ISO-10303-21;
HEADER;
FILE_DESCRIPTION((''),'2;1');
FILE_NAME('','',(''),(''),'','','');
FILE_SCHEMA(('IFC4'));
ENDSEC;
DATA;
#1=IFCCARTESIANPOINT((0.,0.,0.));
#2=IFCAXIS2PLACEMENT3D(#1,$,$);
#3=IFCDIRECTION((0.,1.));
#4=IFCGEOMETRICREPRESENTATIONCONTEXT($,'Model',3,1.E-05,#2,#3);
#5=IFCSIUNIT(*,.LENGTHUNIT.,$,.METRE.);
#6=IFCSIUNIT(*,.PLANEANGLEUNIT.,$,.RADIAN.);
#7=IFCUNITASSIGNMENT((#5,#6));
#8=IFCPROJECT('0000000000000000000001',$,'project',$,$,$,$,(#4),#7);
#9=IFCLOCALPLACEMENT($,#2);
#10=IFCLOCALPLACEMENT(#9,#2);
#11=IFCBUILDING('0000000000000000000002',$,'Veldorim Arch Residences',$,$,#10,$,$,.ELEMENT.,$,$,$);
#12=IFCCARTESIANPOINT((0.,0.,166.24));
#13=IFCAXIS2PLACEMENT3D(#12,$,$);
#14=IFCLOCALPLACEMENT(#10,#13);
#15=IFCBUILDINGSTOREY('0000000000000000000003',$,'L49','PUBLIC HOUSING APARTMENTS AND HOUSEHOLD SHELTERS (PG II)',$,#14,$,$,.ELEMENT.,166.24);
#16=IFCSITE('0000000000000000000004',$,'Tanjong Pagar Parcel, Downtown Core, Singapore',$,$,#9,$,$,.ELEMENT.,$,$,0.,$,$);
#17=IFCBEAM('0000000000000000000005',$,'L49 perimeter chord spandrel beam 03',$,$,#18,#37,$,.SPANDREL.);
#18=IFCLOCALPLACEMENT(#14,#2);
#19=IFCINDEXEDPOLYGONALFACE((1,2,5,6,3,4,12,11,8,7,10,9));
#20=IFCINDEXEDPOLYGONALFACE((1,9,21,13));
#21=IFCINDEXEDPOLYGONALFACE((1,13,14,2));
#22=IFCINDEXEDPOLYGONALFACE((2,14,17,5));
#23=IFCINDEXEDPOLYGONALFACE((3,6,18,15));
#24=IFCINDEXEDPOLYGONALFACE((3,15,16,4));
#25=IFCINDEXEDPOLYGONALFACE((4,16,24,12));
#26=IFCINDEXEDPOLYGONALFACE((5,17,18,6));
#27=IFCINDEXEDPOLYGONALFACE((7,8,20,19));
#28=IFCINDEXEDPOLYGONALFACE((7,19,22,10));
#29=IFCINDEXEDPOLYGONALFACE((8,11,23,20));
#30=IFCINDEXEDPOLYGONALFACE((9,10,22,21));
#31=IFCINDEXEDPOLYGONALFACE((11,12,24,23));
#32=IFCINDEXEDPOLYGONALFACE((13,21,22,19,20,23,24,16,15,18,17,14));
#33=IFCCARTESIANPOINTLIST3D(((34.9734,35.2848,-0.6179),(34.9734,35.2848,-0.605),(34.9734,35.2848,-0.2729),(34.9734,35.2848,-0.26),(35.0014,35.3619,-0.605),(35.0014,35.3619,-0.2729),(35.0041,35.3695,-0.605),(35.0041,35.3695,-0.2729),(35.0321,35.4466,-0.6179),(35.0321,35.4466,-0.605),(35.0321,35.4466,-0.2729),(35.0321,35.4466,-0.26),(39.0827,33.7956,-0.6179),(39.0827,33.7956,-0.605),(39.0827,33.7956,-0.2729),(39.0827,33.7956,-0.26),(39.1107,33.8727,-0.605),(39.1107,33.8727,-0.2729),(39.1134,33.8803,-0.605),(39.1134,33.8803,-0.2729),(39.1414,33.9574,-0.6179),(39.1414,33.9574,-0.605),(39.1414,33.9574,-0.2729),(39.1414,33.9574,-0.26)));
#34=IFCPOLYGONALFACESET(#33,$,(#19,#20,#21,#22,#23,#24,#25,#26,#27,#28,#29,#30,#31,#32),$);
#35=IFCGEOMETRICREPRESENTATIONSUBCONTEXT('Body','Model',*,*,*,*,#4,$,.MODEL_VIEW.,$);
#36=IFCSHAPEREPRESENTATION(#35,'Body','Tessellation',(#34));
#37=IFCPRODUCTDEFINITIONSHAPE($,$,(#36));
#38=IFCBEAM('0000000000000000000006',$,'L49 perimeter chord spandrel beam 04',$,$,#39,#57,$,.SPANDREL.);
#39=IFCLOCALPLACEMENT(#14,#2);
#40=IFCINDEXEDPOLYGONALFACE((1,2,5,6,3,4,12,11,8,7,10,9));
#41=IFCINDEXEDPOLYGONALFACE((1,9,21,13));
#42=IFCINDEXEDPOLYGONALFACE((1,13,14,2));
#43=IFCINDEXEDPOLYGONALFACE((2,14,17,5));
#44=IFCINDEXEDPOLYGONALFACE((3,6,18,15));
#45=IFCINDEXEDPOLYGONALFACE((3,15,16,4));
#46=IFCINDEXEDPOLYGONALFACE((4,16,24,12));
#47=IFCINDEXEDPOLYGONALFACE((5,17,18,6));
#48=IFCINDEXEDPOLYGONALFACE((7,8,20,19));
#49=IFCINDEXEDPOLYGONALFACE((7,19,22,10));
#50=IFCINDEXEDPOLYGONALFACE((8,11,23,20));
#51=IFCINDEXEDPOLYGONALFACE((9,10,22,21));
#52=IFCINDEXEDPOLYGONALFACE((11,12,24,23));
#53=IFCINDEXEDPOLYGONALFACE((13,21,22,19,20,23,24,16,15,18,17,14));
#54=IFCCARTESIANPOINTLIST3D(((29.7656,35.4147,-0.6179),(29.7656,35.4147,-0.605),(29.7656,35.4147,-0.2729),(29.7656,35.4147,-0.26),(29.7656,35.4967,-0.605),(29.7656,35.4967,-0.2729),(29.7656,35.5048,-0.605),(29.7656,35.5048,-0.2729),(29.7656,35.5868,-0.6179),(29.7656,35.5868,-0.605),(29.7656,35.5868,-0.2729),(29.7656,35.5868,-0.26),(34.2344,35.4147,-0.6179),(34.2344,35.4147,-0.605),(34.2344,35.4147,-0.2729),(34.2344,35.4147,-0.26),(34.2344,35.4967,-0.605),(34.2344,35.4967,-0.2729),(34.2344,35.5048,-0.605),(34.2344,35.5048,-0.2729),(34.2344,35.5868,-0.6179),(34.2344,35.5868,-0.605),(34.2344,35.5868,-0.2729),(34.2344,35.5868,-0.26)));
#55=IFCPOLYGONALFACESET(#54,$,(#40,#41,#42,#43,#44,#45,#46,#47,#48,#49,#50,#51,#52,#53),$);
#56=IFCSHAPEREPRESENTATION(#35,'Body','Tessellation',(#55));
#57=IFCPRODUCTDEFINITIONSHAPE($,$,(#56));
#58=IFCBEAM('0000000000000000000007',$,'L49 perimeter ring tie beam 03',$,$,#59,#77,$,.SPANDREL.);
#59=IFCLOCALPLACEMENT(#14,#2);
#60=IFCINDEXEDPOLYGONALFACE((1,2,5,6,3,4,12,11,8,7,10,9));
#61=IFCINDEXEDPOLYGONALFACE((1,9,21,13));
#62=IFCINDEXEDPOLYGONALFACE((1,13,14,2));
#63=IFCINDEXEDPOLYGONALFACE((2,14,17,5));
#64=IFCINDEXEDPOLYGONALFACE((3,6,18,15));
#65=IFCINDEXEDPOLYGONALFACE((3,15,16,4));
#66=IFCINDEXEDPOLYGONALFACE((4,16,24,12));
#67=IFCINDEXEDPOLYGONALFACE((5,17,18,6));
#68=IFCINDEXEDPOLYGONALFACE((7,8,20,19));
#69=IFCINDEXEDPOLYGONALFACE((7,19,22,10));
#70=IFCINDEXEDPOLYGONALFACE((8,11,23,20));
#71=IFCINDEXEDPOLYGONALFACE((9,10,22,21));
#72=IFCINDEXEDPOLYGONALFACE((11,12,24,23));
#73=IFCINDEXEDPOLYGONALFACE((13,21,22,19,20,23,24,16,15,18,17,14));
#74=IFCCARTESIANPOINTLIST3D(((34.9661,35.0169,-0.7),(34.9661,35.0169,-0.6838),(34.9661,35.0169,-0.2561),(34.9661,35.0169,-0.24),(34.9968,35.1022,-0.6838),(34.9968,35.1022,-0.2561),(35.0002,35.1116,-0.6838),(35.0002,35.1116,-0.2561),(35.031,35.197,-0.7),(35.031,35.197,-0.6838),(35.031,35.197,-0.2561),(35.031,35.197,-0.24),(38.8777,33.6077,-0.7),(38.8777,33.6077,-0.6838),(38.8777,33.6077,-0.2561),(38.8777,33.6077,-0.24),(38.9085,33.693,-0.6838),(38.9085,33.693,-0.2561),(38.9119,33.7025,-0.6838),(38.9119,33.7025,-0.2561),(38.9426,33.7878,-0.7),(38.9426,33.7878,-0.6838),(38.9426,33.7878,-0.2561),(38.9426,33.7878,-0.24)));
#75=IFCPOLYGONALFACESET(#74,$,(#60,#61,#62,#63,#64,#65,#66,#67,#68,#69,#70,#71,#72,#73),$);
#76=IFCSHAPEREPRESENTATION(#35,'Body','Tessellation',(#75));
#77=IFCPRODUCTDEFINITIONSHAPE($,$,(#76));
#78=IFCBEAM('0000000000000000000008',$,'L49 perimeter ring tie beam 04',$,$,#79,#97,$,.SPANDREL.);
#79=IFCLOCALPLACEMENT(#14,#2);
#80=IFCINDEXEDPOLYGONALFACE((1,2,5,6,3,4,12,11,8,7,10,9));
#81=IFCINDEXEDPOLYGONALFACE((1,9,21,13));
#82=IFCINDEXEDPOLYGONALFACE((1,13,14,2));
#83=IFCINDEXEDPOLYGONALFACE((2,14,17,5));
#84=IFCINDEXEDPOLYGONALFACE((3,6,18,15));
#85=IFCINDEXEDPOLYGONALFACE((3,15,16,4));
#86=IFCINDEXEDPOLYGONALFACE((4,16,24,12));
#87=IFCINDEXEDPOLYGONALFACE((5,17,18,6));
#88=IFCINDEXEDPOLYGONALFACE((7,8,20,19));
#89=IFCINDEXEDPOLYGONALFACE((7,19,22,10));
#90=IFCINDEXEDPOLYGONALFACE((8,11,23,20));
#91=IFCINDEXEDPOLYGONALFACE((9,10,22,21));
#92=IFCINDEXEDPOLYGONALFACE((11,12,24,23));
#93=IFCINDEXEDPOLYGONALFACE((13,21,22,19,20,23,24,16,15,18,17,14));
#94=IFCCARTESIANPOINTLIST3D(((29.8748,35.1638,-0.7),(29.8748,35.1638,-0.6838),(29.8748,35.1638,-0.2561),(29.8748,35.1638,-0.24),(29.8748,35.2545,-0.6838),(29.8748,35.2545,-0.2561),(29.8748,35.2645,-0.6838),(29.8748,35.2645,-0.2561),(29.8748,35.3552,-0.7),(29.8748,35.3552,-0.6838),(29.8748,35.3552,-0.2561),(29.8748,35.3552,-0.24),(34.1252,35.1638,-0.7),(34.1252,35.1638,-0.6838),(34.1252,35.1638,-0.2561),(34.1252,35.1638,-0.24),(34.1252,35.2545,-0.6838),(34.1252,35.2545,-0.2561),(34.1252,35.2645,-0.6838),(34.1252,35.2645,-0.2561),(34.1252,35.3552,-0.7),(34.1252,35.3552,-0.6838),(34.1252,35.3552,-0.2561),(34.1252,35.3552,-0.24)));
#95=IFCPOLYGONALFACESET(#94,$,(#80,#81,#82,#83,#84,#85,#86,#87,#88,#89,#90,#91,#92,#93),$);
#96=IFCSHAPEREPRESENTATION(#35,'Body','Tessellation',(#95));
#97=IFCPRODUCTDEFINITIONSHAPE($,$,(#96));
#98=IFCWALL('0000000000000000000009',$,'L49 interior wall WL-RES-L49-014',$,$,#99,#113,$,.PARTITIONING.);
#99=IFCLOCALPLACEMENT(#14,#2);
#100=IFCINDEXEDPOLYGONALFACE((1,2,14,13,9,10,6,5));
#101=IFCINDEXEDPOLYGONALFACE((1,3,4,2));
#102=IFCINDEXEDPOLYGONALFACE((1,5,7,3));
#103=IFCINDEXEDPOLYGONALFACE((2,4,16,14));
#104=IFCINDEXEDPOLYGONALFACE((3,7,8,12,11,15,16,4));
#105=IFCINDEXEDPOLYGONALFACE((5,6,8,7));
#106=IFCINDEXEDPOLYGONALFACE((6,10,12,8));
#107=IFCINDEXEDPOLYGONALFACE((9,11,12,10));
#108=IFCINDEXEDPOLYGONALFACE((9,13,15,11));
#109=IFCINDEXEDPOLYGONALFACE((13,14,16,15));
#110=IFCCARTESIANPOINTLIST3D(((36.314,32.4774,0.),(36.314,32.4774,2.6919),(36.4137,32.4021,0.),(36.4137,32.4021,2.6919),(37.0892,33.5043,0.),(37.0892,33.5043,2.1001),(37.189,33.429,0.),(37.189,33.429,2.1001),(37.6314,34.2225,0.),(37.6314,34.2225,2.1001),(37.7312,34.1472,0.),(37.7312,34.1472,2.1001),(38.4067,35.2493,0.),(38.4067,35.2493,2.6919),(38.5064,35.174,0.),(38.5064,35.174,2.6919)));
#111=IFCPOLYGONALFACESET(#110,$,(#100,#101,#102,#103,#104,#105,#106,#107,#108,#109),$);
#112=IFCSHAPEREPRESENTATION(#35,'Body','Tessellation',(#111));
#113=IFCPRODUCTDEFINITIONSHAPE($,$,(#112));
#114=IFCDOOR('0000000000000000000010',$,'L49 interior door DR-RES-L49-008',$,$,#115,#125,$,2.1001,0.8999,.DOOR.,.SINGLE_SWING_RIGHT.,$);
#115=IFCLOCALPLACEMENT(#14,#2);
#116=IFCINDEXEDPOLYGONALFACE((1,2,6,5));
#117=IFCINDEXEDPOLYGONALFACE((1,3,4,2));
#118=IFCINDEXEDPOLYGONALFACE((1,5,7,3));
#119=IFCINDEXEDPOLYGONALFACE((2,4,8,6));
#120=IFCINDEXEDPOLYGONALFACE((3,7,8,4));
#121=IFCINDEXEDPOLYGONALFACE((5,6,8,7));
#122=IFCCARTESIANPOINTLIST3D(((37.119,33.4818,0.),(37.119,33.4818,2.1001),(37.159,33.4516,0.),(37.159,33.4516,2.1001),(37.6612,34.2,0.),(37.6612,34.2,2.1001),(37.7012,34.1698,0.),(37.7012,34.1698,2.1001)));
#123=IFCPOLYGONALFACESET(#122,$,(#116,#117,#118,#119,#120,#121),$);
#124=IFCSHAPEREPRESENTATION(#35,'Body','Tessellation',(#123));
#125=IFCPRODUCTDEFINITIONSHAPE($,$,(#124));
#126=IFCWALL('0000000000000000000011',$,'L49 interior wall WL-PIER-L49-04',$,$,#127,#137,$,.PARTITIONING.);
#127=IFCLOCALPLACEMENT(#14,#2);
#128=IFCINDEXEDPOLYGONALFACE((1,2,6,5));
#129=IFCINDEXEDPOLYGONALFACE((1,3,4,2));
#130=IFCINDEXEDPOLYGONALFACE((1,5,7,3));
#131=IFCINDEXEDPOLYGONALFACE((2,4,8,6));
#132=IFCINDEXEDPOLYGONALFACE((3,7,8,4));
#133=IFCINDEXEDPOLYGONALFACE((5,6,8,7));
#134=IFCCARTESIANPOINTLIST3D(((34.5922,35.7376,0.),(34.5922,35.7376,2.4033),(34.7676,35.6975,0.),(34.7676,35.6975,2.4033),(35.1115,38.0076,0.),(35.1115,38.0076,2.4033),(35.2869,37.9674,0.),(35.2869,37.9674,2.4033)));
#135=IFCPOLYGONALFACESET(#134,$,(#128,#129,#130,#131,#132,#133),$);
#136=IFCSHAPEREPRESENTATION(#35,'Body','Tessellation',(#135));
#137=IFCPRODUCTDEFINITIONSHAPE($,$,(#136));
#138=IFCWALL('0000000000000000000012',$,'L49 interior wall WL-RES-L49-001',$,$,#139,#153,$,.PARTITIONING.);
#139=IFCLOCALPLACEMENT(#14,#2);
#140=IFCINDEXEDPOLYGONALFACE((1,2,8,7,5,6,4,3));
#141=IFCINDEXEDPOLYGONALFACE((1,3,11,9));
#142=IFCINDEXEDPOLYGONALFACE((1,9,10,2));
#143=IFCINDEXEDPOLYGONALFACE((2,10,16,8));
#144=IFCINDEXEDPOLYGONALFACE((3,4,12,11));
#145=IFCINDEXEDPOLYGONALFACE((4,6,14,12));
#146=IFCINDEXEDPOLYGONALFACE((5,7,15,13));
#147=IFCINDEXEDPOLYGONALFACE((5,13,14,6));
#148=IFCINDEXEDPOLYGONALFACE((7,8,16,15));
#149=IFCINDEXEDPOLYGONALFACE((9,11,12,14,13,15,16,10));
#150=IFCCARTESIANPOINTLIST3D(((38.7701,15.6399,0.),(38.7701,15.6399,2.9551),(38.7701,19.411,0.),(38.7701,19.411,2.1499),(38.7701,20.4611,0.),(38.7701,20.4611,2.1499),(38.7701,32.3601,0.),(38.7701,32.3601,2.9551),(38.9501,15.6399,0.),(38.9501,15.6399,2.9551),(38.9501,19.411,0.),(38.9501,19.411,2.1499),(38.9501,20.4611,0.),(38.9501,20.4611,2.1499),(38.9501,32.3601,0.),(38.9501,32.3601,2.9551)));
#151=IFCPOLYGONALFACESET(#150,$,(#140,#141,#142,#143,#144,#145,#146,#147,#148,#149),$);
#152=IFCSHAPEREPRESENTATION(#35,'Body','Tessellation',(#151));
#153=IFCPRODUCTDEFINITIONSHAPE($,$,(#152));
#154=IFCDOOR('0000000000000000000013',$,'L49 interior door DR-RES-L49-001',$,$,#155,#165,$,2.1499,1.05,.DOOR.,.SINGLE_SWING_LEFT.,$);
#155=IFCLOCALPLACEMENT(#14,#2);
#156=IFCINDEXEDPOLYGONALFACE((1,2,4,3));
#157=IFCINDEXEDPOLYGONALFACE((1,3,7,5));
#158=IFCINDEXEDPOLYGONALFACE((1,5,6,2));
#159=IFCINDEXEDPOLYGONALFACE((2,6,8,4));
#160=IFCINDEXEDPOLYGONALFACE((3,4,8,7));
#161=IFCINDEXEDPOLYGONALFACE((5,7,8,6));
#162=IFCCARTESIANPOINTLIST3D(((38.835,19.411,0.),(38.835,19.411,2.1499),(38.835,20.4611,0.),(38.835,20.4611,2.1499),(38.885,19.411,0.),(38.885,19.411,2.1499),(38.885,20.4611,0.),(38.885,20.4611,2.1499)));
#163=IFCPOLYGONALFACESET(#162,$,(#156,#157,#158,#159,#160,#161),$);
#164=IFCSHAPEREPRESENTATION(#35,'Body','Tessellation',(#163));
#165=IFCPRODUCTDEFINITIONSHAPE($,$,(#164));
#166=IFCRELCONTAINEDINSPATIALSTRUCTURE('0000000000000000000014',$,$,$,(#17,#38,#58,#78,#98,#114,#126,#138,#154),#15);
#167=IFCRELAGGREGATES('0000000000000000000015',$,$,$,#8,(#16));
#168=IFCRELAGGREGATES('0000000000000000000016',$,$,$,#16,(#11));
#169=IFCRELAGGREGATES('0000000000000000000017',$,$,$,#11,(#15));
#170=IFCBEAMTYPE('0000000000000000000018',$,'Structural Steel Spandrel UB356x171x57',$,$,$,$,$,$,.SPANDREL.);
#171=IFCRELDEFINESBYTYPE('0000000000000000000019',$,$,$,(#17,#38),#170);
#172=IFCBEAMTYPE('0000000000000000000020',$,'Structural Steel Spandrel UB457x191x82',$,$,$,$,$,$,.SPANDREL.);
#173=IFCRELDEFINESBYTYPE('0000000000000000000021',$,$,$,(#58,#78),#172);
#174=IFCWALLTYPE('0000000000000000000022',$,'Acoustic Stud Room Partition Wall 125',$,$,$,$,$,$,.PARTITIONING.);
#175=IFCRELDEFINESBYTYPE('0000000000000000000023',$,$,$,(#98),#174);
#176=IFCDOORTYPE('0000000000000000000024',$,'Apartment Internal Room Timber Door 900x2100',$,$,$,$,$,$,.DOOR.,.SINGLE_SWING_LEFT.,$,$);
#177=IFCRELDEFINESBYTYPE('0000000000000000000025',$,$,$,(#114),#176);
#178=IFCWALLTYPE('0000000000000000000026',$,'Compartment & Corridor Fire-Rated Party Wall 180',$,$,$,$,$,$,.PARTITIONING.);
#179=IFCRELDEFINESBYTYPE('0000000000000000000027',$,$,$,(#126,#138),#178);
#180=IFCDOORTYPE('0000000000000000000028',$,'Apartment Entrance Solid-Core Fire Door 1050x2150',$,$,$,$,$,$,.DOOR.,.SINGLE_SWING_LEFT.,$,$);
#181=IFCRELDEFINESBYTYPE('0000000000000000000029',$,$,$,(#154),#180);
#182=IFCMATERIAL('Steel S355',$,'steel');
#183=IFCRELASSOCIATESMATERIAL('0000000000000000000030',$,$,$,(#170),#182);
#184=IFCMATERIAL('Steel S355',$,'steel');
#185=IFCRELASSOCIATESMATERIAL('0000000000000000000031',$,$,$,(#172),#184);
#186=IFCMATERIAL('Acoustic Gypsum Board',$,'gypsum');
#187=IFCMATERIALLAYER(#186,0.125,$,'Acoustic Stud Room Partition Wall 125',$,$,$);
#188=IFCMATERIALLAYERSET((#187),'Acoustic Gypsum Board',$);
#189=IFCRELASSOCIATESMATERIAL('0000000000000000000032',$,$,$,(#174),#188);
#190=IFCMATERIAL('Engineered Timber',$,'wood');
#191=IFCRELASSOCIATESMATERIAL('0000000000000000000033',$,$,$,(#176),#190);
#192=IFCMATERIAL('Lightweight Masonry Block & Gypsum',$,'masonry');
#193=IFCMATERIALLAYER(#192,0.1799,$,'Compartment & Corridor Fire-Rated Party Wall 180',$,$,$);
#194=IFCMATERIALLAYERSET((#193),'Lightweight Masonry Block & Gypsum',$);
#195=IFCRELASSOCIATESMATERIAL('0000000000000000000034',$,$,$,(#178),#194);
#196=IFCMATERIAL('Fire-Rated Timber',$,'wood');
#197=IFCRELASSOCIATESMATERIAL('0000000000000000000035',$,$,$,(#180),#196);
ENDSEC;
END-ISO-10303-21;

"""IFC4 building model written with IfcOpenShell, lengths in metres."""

from ifc_helpers import new_model, si_unit, direction, frame, frame_2d, origin, origin_2d, place, context, subcontext, project, spatial, rectangle, i_section, extrude, material, layer, layer_set, material_profile, profile_set, type_object, element, fill, save


model = new_model("IFC4")

# Units and contexts
model_context = context("Model", 3, precision=1e-05, world=origin(), true_north=direction((0.0, 1.0)))
body_context = subcontext(model_context, "Body", "Model", "MODEL_VIEW")
ifc_project = project(units=[si_unit("LENGTHUNIT", "METRE"), si_unit("PLANEANGLEUNIT", "RADIAN")], contexts=[model_context])

# Site, building, storey
site_placement = place(None, origin())
site = spatial("IfcSite", under=ifc_project, at=site_placement, Name="Tanjong Pagar Parcel, Downtown Core, Singapore", CompositionType="ELEMENT", RefElevation=0.0)
building_placement = place(site_placement, origin())
building = spatial("IfcBuilding", under=site, at=building_placement, Name="Veldorim Arch Residences", CompositionType="ELEMENT")
storey_placement = place(building_placement, frame((0.0, 0.0, 166.24)))
storey = spatial("IfcBuildingStorey", under=building, at=storey_placement, Name="L49", Description="PUBLIC HOUSING APARTMENTS AND HOUSEHOLD SHELTERS (PG II)", CompositionType="ELEMENT", Elevation=166.24)

# Beams
ifc_material_1 = material(Name="Steel S355", Category="steel")
ifc_material_profile_1 = material_profile(ifc_material_1, i_section(OverallWidth=0.1721, OverallDepth=0.3579, WebThickness=0.0081, FlangeThickness=0.0129, at=origin_2d()), Name="UB356x171x57")
ifc_profile_set_1 = profile_set([ifc_material_profile_1], Name="Steel S355")
beam_type_1 = type_object("IfcBeamType", Name="Structural Steel Spandrel UB356x171x57", PredefinedType="SPANDREL", material=ifc_profile_set_1)
beam_1_placement = place(storey_placement, frame((39.1121, 33.8765, -0.439), z_axis=(-0.940165, 0.34072, 0.0), x_axis=(-0.34072, -0.940165, 0.0)))
element("IfcBeam", 1, at=beam_1_placement, inside=storey, type_object=beam_type_1, Name="L49 perimeter chord spandrel beam 03", PredefinedType="SPANDREL", context=body_context, shape_type="SweptSolid", body=[
    extrude(i_section(OverallWidth=0.1721, OverallDepth=0.3579, WebThickness=0.0081, FlangeThickness=0.0129, at=origin_2d()), origin(), (0.0, 0.0, 1.0), 4.3708),
])
beam_2_placement = place(storey_placement, frame((34.2344, 35.5007, -0.439), z_axis=(-1.0, 0.0, 0.0), x_axis=(0.0, -1.0, 0.0)))
element("IfcBeam", 2, at=beam_2_placement, inside=storey, type_object=beam_type_1, Name="L49 perimeter chord spandrel beam 04", PredefinedType="SPANDREL", context=body_context, shape_type="SweptSolid", body=[
    extrude(i_section(OverallWidth=0.1721, OverallDepth=0.3579, WebThickness=0.0081, FlangeThickness=0.0129, at=origin_2d()), origin(), (0.0, 0.0, 1.0), 4.4688),
])
ifc_material_2 = material(Name="Steel S355", Category="steel")
ifc_material_profile_2 = material_profile(ifc_material_2, i_section(OverallWidth=0.1914, OverallDepth=0.46, WebThickness=0.01, FlangeThickness=0.0161, at=origin_2d()), Name="UB457x191x82")
ifc_profile_set_2 = profile_set([ifc_material_profile_2], Name="Steel S355")
beam_type_2 = type_object("IfcBeamType", Name="Structural Steel Spandrel UB457x191x82", PredefinedType="SPANDREL", material=ifc_profile_set_2)
beam_3_placement = place(storey_placement, frame((38.9102, 33.6978, -0.47), z_axis=(-0.940811, 0.338932, 0.0), x_axis=(-0.338932, -0.940811, 0.0)))
element("IfcBeam", 3, at=beam_3_placement, inside=storey, type_object=beam_type_2, Name="L49 perimeter ring tie beam 03", PredefinedType="SPANDREL", context=body_context, shape_type="SweptSolid", body=[
    extrude(i_section(OverallWidth=0.1914, OverallDepth=0.46, WebThickness=0.01, FlangeThickness=0.0161, at=origin_2d()), origin(), (0.0, 0.0, 1.0), 4.1577),
])
beam_4_placement = place(storey_placement, frame((34.1252, 35.2595, -0.47), z_axis=(-1.0, 0.0, 0.0), x_axis=(0.0, -1.0, 0.0)))
element("IfcBeam", 4, at=beam_4_placement, inside=storey, type_object=beam_type_2, Name="L49 perimeter ring tie beam 04", PredefinedType="SPANDREL", context=body_context, shape_type="SweptSolid", body=[
    extrude(i_section(OverallWidth=0.1914, OverallDepth=0.46, WebThickness=0.01, FlangeThickness=0.0161, at=origin_2d()), origin(), (0.0, 0.0, 1.0), 4.2505),
])

# Wall, opening, door
ifc_material_3 = material(Name="Acoustic Gypsum Board", Category="gypsum")
ifc_layer_1 = layer(ifc_material_3, 0.125, Name="Acoustic Stud Room Partition Wall 125")
ifc_layer_set_1 = layer_set([ifc_layer_1], Name="Acoustic Gypsum Board")
wall_type_1 = type_object("IfcWallType", Name="Acoustic Stud Room Partition Wall 125", PredefinedType="PARTITIONING", material=ifc_layer_set_1)
wall_1_placement = place(storey_placement, frame((38.4565, 35.2117, 0.0), z_axis=(0.0, 0.0, 1.0), x_axis=(-0.602539, -0.79809, 0.0)))
wall_1 = element("IfcWall", 5, at=wall_1_placement, inside=storey, type_object=wall_type_1, Name="L49 interior wall WL-RES-L49-014", PredefinedType="PARTITIONING", context=body_context, shape_type="SweptSolid", body=[
    extrude(rectangle(XDim=3.4731, YDim=0.125, at=frame_2d((1.7366, 0.0))), origin(), (0.0, 0.0, 1.0), 2.6919),
])
opening_1_placement = place(wall_1_placement, frame((1.2866, 0.0, 0.0)))
opening_1 = element("IfcOpeningElement", 6, at=opening_1_placement, cuts=wall_1, PredefinedType="OPENING", context=body_context, shape_type="SweptSolid", body=[
    extrude(rectangle(XDim=0.8999, YDim=2.1001, at=frame_2d((0.45, 1.05))), frame((0.0, 0.0725, 0.0), z_axis=(0.0, -1.0, 0.0), x_axis=(1.0, 0.0, 0.0)), (0.0, 0.0, 1.0), 0.145),
])
ifc_material_4 = material(Name="Engineered Timber", Category="wood")
door_type_1 = type_object("IfcDoorType", Name="Apartment Internal Room Timber Door 900x2100", OperationType="SINGLE_SWING_LEFT", PredefinedType="DOOR", material=ifc_material_4)
door_1_placement = place(opening_1_placement, origin())
door_1 = element("IfcDoor", 7, at=door_1_placement, inside=storey, type_object=door_type_1, Name="L49 interior door DR-RES-L49-008", OperationType="SINGLE_SWING_RIGHT", OverallHeight=2.1001, OverallWidth=0.8999, PredefinedType="DOOR", context=body_context, shape_type="SweptSolid", body=[
    extrude(rectangle(XDim=0.8999, YDim=2.1001, at=frame_2d((0.45, 1.05))), frame((0.0, 0.0249, 0.0), z_axis=(0.0, -1.0, 0.0), x_axis=(1.0, 0.0, 0.0)), (0.0, 0.0, 1.0), 0.05),
])
fill(opening_1, door_1)

# Wall
ifc_material_5 = material(Name="Lightweight Masonry Block & Gypsum", Category="masonry")
ifc_layer_2 = layer(ifc_material_5, 0.1799, Name="Compartment & Corridor Fire-Rated Party Wall 180")
ifc_layer_set_2 = layer_set([ifc_layer_2], Name="Lightweight Masonry Block & Gypsum")
wall_type_2 = type_object("IfcWallType", Name="Compartment & Corridor Fire-Rated Party Wall 180", PredefinedType="PARTITIONING", material=ifc_layer_set_2)
wall_2_placement = place(storey_placement, frame((34.6799, 35.7175, 0.0), z_axis=(0.0, 0.0, 1.0), x_axis=(0.222998, 0.974819, 0.0)))
element("IfcWall", 8, at=wall_2_placement, inside=storey, type_object=wall_type_2, Name="L49 interior wall WL-PIER-L49-04", PredefinedType="PARTITIONING", context=body_context, shape_type="SweptSolid", body=[
    extrude(rectangle(XDim=2.3286, YDim=0.1799, at=frame_2d((1.1643, 0.0))), origin(), (0.0, 0.0, 1.0), 2.4033),
])

# Wall, opening, door
wall_3_placement = place(storey_placement, frame((38.8601, 32.3601, 0.0), z_axis=(0.0, 0.0, 1.0), x_axis=(0.0, -1.0, 0.0)))
wall_3 = element("IfcWall", 9, at=wall_3_placement, inside=storey, type_object=wall_type_2, Name="L49 interior wall WL-RES-L49-001", PredefinedType="PARTITIONING", context=body_context, shape_type="SweptSolid", body=[
    extrude(rectangle(XDim=16.7202, YDim=0.1799, at=frame_2d((8.3601, 0.0))), origin(), (0.0, 0.0, 1.0), 2.9551),
])
opening_2_placement = place(wall_3_placement, frame((11.8992, 0.0, 0.0)))
opening_2 = element("IfcOpeningElement", 10, at=opening_2_placement, cuts=wall_3, PredefinedType="OPENING", context=body_context, shape_type="SweptSolid", body=[
    extrude(rectangle(XDim=1.05, YDim=2.1499, at=frame_2d((0.5249, 1.075))), frame((0.0, 0.0999, 0.0), z_axis=(0.0, -1.0, 0.0), x_axis=(1.0, 0.0, 0.0)), (0.0, 0.0, 1.0), 0.2),
])
ifc_material_6 = material(Name="Fire-Rated Timber", Category="wood")
door_type_2 = type_object("IfcDoorType", Name="Apartment Entrance Solid-Core Fire Door 1050x2150", OperationType="SINGLE_SWING_LEFT", PredefinedType="DOOR", material=ifc_material_6)
door_2_placement = place(opening_2_placement, origin())
door_2 = element("IfcDoor", 11, at=door_2_placement, inside=storey, type_object=door_type_2, Name="L49 interior door DR-RES-L49-001", OperationType="SINGLE_SWING_LEFT", OverallHeight=2.1499, OverallWidth=1.05, PredefinedType="DOOR", context=body_context, shape_type="SweptSolid", body=[
    extrude(rectangle(XDim=1.05, YDim=2.1499, at=frame_2d((0.5249, 1.075))), frame((0.0, 0.0249, 0.0), z_axis=(0.0, -1.0, 0.0), x_axis=(1.0, 0.0, 0.0)), (0.0, 0.0, 1.0), 0.05),
])
fill(opening_2, door_2)

save(model, "model.ifc")
